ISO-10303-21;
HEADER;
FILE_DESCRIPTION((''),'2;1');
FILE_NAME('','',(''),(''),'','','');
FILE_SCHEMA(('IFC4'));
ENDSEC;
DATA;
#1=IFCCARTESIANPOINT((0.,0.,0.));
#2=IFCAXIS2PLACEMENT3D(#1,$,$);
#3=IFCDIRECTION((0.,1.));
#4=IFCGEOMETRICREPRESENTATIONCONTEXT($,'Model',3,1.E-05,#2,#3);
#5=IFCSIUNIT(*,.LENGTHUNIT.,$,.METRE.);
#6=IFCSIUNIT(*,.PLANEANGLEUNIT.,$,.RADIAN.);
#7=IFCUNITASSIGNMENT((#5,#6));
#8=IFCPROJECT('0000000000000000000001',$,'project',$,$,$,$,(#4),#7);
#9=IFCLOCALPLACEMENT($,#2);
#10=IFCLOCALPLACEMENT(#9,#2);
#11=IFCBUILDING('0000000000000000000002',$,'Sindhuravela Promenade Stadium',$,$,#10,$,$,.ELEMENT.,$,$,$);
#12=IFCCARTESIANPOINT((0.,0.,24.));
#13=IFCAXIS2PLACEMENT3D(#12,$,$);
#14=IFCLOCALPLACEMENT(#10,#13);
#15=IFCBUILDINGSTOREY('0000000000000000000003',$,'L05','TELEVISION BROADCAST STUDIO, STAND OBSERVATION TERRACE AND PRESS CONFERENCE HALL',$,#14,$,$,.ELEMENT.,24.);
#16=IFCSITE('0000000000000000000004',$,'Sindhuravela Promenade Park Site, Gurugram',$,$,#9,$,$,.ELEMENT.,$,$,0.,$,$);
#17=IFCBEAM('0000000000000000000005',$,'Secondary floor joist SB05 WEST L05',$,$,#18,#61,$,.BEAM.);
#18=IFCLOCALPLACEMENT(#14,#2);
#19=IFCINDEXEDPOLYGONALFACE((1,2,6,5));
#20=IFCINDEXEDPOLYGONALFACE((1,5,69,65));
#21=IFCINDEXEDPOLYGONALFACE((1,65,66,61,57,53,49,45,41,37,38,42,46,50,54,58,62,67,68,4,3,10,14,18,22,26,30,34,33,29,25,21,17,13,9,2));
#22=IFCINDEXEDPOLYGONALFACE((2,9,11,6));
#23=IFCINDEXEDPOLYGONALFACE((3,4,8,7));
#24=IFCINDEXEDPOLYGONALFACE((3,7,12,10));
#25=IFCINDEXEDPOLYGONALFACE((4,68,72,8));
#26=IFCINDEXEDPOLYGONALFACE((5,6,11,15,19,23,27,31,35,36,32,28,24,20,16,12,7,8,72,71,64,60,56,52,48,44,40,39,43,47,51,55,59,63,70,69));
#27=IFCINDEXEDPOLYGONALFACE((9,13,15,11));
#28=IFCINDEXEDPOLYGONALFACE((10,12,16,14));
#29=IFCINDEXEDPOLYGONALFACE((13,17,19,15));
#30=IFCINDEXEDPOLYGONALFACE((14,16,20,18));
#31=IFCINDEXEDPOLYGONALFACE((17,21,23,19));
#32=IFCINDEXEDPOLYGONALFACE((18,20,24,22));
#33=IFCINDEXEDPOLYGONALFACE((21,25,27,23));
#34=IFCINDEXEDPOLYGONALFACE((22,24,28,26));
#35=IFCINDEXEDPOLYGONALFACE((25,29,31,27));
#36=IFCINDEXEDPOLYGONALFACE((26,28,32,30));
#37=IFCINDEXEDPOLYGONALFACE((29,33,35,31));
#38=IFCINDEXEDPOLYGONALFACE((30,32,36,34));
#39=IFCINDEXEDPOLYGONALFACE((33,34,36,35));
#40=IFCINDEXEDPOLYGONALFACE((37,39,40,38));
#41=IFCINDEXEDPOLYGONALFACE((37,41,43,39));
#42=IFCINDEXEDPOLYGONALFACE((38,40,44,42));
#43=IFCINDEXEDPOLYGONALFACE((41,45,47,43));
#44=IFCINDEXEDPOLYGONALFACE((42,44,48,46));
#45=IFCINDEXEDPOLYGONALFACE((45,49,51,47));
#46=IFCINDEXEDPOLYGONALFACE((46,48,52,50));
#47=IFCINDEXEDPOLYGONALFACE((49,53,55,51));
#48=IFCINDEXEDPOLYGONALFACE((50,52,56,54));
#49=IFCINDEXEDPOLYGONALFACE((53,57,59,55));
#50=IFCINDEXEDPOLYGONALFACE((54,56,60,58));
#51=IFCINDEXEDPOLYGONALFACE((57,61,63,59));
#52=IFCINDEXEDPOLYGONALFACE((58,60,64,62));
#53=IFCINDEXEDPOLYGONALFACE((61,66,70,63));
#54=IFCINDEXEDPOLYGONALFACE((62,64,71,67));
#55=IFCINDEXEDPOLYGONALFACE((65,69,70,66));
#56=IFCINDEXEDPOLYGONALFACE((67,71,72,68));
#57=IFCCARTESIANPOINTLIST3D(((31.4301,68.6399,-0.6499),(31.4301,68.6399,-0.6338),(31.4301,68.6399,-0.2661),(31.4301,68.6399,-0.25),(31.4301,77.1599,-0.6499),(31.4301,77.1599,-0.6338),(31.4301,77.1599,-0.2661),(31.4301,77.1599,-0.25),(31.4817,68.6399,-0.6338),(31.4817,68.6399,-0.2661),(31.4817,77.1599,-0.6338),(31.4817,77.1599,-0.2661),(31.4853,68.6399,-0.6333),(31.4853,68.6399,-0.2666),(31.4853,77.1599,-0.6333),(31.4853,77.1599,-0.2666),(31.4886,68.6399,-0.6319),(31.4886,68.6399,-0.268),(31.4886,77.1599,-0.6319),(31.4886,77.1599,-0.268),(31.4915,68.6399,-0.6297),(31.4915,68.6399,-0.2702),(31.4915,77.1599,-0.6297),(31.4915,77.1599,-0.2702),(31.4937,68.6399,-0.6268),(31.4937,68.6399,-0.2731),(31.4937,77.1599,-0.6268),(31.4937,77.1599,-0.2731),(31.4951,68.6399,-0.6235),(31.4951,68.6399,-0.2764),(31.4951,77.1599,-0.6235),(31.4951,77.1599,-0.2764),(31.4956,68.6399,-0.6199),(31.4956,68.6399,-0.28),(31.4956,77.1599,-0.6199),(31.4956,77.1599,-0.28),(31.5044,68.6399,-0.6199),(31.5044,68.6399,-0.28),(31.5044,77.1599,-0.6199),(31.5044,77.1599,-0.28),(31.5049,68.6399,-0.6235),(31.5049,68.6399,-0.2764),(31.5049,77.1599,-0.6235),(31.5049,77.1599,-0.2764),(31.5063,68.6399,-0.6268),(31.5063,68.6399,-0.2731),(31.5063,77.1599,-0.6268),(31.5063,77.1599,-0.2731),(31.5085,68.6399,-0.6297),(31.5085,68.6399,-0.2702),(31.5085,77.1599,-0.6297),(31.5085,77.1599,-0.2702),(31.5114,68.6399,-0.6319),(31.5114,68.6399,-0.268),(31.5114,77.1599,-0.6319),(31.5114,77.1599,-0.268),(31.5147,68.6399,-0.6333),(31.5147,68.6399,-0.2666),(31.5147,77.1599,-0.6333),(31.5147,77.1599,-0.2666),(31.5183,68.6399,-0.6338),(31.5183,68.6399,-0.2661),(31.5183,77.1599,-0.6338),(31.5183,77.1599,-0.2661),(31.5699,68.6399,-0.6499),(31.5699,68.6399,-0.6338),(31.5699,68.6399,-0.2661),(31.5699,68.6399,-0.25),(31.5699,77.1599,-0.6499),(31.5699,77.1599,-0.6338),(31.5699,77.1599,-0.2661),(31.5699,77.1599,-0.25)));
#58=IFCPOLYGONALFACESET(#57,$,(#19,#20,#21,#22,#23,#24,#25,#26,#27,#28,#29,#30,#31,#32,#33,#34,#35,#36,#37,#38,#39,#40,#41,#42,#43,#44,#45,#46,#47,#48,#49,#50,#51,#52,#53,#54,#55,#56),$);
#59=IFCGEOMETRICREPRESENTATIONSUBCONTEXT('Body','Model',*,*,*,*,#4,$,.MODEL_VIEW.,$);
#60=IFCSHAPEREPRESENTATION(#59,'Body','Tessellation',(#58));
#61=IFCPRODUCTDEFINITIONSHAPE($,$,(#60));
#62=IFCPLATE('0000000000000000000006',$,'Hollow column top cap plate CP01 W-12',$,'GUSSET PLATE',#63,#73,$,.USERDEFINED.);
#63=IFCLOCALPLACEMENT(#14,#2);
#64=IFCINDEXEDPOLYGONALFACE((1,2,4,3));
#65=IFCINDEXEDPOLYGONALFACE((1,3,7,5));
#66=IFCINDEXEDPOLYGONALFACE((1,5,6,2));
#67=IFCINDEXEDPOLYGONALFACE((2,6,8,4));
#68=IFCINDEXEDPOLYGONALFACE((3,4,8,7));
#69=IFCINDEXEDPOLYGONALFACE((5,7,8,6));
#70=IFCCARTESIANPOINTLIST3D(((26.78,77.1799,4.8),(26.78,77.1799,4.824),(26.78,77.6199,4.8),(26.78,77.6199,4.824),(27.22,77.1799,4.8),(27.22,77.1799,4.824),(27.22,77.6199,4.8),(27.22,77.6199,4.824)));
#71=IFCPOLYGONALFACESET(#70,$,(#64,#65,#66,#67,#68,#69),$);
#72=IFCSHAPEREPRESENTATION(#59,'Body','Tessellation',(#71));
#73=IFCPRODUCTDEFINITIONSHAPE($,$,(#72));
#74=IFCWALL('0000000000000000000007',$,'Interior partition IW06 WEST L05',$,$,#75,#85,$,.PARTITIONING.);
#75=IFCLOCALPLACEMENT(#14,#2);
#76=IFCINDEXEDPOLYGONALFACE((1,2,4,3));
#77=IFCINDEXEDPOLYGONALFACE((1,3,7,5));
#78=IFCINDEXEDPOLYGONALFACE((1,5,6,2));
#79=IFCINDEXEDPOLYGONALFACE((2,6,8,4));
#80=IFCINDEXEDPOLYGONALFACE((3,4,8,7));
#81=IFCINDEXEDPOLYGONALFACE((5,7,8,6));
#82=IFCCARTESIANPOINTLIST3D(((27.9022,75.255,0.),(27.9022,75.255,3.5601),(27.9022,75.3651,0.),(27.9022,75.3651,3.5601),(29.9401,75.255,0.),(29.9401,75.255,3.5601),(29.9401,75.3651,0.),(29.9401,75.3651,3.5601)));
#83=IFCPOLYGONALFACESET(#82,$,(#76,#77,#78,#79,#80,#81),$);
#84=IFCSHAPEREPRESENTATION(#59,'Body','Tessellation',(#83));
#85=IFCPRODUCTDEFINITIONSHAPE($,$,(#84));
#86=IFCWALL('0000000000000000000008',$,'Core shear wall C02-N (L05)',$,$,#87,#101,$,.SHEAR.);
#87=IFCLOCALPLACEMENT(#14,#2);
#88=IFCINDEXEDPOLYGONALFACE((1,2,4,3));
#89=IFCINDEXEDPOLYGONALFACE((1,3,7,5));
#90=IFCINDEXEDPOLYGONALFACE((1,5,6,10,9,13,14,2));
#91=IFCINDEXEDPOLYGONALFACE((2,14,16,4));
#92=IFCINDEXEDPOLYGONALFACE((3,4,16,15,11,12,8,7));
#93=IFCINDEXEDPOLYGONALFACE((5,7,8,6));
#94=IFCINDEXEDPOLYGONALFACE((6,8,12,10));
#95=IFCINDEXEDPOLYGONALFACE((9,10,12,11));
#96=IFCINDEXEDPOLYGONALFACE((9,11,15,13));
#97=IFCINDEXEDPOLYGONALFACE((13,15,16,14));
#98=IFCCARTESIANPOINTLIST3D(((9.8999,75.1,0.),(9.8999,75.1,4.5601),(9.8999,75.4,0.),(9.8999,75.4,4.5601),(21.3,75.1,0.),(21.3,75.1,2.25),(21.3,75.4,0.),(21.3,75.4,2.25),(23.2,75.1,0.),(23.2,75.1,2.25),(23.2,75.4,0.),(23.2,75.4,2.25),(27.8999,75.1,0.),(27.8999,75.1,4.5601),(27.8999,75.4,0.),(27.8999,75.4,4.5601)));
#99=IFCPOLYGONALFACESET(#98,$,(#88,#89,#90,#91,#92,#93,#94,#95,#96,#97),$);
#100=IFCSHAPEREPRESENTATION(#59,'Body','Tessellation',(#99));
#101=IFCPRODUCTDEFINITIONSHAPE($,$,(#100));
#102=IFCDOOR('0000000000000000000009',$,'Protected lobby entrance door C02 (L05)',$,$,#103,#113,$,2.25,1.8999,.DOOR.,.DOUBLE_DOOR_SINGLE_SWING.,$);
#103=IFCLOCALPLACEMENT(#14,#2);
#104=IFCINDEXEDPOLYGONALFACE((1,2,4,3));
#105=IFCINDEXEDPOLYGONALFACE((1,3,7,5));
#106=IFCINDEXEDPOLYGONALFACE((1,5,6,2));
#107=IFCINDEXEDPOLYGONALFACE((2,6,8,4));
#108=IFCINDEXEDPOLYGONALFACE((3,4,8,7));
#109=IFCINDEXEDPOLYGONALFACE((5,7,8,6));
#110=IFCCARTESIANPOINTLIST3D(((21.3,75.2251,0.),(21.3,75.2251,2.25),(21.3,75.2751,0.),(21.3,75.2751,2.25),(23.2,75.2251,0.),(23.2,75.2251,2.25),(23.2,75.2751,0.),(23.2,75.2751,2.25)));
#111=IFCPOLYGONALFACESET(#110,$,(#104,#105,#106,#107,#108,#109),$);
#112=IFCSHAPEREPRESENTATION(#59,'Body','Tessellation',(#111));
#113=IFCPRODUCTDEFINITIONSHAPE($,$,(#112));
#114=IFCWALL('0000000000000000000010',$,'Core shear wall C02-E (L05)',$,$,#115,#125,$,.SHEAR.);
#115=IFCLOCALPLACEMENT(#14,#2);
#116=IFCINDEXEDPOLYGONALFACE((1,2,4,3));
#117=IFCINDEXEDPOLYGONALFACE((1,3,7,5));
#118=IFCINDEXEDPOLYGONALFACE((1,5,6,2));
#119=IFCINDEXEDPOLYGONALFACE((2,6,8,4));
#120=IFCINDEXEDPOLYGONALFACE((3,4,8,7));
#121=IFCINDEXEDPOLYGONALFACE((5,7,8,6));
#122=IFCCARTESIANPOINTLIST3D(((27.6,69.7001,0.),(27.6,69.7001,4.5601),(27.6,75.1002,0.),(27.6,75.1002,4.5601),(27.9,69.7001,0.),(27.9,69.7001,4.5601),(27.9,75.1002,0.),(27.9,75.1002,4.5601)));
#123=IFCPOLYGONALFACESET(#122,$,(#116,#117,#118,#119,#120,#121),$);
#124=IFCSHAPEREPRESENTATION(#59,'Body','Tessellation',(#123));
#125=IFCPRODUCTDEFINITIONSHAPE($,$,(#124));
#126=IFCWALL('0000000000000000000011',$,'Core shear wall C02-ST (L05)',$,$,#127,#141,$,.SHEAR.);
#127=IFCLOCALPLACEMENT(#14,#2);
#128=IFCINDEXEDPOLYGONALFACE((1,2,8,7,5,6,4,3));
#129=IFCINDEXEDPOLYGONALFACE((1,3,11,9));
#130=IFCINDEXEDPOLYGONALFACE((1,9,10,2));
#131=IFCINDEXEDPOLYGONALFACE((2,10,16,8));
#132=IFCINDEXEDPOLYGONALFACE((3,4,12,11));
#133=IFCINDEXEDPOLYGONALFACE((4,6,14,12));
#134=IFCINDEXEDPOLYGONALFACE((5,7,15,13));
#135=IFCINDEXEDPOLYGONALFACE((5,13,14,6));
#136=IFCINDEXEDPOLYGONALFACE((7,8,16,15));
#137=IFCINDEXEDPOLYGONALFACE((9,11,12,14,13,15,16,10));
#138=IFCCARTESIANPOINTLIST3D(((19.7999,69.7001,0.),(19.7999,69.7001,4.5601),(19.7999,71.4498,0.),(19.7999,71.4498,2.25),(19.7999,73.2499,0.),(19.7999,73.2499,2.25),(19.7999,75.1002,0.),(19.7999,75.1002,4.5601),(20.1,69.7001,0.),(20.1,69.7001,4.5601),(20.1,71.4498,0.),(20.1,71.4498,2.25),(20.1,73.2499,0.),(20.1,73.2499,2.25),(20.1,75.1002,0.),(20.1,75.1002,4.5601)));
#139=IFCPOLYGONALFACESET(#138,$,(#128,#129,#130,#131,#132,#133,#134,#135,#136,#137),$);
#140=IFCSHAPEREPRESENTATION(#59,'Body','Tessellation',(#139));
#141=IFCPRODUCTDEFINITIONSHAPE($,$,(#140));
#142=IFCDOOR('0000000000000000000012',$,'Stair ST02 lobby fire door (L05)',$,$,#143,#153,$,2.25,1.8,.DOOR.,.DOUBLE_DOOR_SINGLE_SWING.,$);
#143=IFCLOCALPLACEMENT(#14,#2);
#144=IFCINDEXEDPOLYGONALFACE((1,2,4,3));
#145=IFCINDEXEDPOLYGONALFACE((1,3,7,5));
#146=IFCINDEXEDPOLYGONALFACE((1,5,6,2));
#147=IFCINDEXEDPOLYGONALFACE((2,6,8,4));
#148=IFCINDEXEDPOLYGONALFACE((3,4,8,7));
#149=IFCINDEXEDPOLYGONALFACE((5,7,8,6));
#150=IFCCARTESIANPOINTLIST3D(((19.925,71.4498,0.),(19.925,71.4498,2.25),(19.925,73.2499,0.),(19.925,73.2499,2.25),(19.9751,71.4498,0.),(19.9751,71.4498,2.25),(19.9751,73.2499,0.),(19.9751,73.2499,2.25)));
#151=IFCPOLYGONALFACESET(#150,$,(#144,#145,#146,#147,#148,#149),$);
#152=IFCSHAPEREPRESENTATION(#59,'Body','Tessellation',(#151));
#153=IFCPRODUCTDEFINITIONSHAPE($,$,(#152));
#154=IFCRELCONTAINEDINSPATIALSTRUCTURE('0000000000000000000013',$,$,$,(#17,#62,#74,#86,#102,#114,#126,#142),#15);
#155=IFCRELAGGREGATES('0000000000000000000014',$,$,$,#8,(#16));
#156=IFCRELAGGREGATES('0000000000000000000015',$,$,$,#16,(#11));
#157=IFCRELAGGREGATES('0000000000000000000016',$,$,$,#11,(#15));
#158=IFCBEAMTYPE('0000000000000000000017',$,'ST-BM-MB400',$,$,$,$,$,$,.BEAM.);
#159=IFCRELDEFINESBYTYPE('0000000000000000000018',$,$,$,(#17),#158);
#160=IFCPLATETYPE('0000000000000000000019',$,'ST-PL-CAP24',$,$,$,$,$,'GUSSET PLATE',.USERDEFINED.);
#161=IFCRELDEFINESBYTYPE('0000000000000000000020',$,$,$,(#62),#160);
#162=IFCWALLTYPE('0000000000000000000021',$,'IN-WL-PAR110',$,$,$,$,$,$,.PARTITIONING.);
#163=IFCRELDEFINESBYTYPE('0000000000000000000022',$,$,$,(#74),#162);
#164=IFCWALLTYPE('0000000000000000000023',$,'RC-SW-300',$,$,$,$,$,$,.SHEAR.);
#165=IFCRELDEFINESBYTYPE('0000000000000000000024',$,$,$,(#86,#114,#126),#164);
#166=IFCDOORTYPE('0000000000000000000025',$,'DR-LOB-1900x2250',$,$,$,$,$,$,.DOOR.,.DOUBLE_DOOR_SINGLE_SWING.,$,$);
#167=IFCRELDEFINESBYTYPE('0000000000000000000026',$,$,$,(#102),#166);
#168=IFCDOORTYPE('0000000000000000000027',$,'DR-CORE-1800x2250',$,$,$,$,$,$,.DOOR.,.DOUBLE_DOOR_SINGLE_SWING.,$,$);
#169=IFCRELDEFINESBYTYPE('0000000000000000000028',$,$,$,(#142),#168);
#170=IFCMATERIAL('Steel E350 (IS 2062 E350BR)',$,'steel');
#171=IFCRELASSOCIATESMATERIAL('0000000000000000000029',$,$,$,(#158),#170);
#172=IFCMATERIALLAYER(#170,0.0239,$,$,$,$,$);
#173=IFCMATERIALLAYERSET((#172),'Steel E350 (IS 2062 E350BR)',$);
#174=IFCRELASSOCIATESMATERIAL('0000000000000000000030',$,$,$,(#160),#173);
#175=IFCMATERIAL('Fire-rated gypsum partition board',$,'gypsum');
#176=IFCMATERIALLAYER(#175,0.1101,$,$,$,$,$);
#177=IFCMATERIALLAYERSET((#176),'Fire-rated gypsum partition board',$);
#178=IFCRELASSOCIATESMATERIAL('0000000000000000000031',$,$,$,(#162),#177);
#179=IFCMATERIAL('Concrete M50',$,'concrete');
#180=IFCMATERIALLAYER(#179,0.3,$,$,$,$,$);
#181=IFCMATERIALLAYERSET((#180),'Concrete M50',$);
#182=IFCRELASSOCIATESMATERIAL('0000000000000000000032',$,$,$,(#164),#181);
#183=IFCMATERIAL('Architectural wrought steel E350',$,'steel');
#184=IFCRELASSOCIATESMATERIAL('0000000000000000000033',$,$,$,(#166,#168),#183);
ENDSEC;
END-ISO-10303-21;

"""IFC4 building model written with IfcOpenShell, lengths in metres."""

from ifc_helpers import new_model, si_unit, direction, frame, frame_2d, origin, origin_2d, place, context, subcontext, project, spatial, rectangle, i_section, extrude, material, layer, layer_set, material_profile, profile_set, type_object, element, fill, save


model = new_model("IFC4")

# Units and contexts
model_context = context("Model", 3, precision=1e-05, world=origin(), true_north=direction((0.0, 1.0)))
body_context = subcontext(model_context, "Body", "Model", "MODEL_VIEW")
ifc_project = project(units=[si_unit("LENGTHUNIT", "METRE"), si_unit("PLANEANGLEUNIT", "RADIAN")], contexts=[model_context])

# Site, building, storey
site_placement = place(None, origin())
site = spatial("IfcSite", under=ifc_project, at=site_placement, Name="Sindhuravela Promenade Park Site, Gurugram", CompositionType="ELEMENT", RefElevation=0.0)
building_placement = place(site_placement, origin())
building = spatial("IfcBuilding", under=site, at=building_placement, Name="Sindhuravela Promenade Stadium", CompositionType="ELEMENT")
storey_placement = place(building_placement, frame((0.0, 0.0, 24.0)))
storey = spatial("IfcBuildingStorey", under=building, at=storey_placement, Name="L05", Description="TELEVISION BROADCAST STUDIO, STAND OBSERVATION TERRACE AND PRESS CONFERENCE HALL", CompositionType="ELEMENT", Elevation=24.0)

# Shared definitions
ifc_material_1 = material(Name="Steel E350 (IS 2062 E350BR)", Category="steel")

# Beam
ifc_material_profile_1 = material_profile(ifc_material_1, i_section(OverallWidth=0.1399, OverallDepth=0.3999, WebThickness=0.0088, FlangeThickness=0.0161, FilletRadius=0.0139, at=origin_2d()), Name="ISMB 400")
ifc_profile_set_1 = profile_set([ifc_material_profile_1], Name="Steel E350 (IS 2062 E350BR)")
beam_type_1 = type_object("IfcBeamType", Name="ST-BM-MB400", PredefinedType="BEAM", material=ifc_profile_set_1)
beam_placement = place(storey_placement, frame((31.5, 68.6399, -0.45), z_axis=(0.0, 1.0, 0.0), x_axis=(-1.0, 0.0, 0.0)))
element("IfcBeam", 1, at=beam_placement, inside=storey, type_object=beam_type_1, Name="Secondary floor joist SB05 WEST L05", PredefinedType="BEAM", context=body_context, shape_type="SweptSolid", body=[
    extrude(i_section(OverallWidth=0.1399, OverallDepth=0.3999, WebThickness=0.0088, FlangeThickness=0.0161, FilletRadius=0.0139, at=origin_2d()), origin(), (0.0, 0.0, 1.0), 8.52),
])

# Plate
ifc_layer_1 = layer(ifc_material_1, 0.0239)
ifc_layer_set_1 = layer_set([ifc_layer_1], Name="Steel E350 (IS 2062 E350BR)")
plate_type = type_object("IfcPlateType", Name="ST-PL-CAP24", ElementType="GUSSET PLATE", PredefinedType="USERDEFINED", material=ifc_layer_set_1)
plate_placement = place(storey_placement, frame((27.0, 77.3999, 4.8), z_axis=(0.0, 0.0, 1.0), x_axis=(1.0, 0.0, 0.0)))
element("IfcPlate", 2, at=plate_placement, inside=storey, type_object=plate_type, Name="Hollow column top cap plate CP01 W-12", ObjectType="GUSSET PLATE", PredefinedType="USERDEFINED", context=body_context, shape_type="SweptSolid", body=[
    extrude(rectangle(XDim=0.4399, YDim=0.4399, at=origin_2d()), origin(), (0.0, 0.0, 1.0), 0.0239),
])

# Wall
ifc_material_2 = material(Name="Fire-rated gypsum partition board", Category="gypsum")
ifc_layer_2 = layer(ifc_material_2, 0.1101)
ifc_layer_set_2 = layer_set([ifc_layer_2], Name="Fire-rated gypsum partition board")
wall_type_1 = type_object("IfcWallType", Name="IN-WL-PAR110", PredefinedType="PARTITIONING", material=ifc_layer_set_2)
wall_1_placement = place(storey_placement, frame((27.9021, 75.3101, 0.0), z_axis=(0.0, 0.0, 1.0), x_axis=(1.0, 0.0, 0.0)))
element("IfcWall", 3, at=wall_1_placement, inside=storey, type_object=wall_type_1, Name="Interior partition IW06 WEST L05", PredefinedType="PARTITIONING", context=body_context, shape_type="SweptSolid", body=[
    extrude(rectangle(XDim=2.0378, YDim=0.1101, at=frame_2d((1.019, 0.0))), origin(), (0.0, 0.0, 1.0), 3.5601),
])

# Wall, opening, door
ifc_material_3 = material(Name="Concrete M50", Category="concrete")
ifc_layer_3 = layer(ifc_material_3, 0.3)
ifc_layer_set_3 = layer_set([ifc_layer_3], Name="Concrete M50")
wall_type_2 = type_object("IfcWallType", Name="RC-SW-300", PredefinedType="SHEAR", material=ifc_layer_set_3)
wall_2_placement = place(storey_placement, frame((27.8999, 75.25, 0.0), z_axis=(0.0, 0.0, 1.0), x_axis=(-1.0, 0.0, 0.0)))
wall_2 = element("IfcWall", 4, at=wall_2_placement, inside=storey, type_object=wall_type_2, Name="Core shear wall C02-N (L05)", PredefinedType="SHEAR", context=body_context, shape_type="SweptSolid", body=[
    extrude(rectangle(XDim=18.0, YDim=0.3, at=frame_2d((9.0, 0.0))), origin(), (0.0, 0.0, 1.0), 4.5601),
])
opening_1_placement = place(wall_2_placement, frame((4.7, 0.0, 0.0)))
opening_1 = element("IfcOpeningElement", 5, at=opening_1_placement, cuts=wall_2, PredefinedType="OPENING", context=body_context, shape_type="SweptSolid", body=[
    extrude(rectangle(XDim=1.8999, YDim=2.25, at=frame_2d((0.95, 1.125))), frame((0.0, 0.1599, 0.0), z_axis=(0.0, -1.0, 0.0), x_axis=(1.0, 0.0, 0.0)), (0.0, 0.0, 1.0), 0.3201),
])
ifc_material_4 = material(Name="Architectural wrought steel E350", Category="steel")
door_type_1 = type_object("IfcDoorType", Name="DR-LOB-1900x2250", OperationType="DOUBLE_DOOR_SINGLE_SWING", PredefinedType="DOOR", material=ifc_material_4)
door_1_placement = place(opening_1_placement, origin())
door_1 = element("IfcDoor", 6, at=door_1_placement, inside=storey, type_object=door_type_1, Name="Protected lobby entrance door C02 (L05)", OperationType="DOUBLE_DOOR_SINGLE_SWING", OverallHeight=2.25, OverallWidth=1.8999, PredefinedType="DOOR", context=body_context, shape_type="SweptSolid", body=[
    extrude(rectangle(XDim=1.8999, YDim=2.25, at=frame_2d((0.95, 1.125))), frame((0.0, 0.0249, 0.0), z_axis=(0.0, -1.0, 0.0), x_axis=(1.0, 0.0, 0.0)), (0.0, 0.0, 1.0), 0.05),
])
fill(opening_1, door_1)

# Wall
wall_3_placement = place(storey_placement, frame((27.75, 69.7, 0.0), z_axis=(0.0, 0.0, 1.0), x_axis=(0.0, 1.0, 0.0)))
element("IfcWall", 7, at=wall_3_placement, inside=storey, type_object=wall_type_2, Name="Core shear wall C02-E (L05)", PredefinedType="SHEAR", context=body_context, shape_type="SweptSolid", body=[
    extrude(rectangle(XDim=5.4001, YDim=0.3, at=frame_2d((2.7002, 0.0))), origin(), (0.0, 0.0, 1.0), 4.5601),
])

# Wall, opening, door
wall_4_placement = place(storey_placement, frame((19.95, 69.7, 0.0), z_axis=(0.0, 0.0, 1.0), x_axis=(0.0, 1.0, 0.0)))
wall_4 = element("IfcWall", 8, at=wall_4_placement, inside=storey, type_object=wall_type_2, Name="Core shear wall C02-ST (L05)", PredefinedType="SHEAR", context=body_context, shape_type="SweptSolid", body=[
    extrude(rectangle(XDim=5.4001, YDim=0.3, at=frame_2d((2.7002, 0.0))), origin(), (0.0, 0.0, 1.0), 4.5601),
])
opening_2_placement = place(wall_4_placement, frame((1.75, 0.0, 0.0)))
opening_2 = element("IfcOpeningElement", 9, at=opening_2_placement, cuts=wall_4, PredefinedType="OPENING", context=body_context, shape_type="SweptSolid", body=[
    extrude(rectangle(XDim=1.8, YDim=2.25, at=frame_2d((0.8999, 1.125))), frame((0.0, 0.1599, 0.0), z_axis=(0.0, -1.0, 0.0), x_axis=(1.0, 0.0, 0.0)), (0.0, 0.0, 1.0), 0.3201),
])
door_type_2 = type_object("IfcDoorType", Name="DR-CORE-1800x2250", OperationType="DOUBLE_DOOR_SINGLE_SWING", PredefinedType="DOOR", material=ifc_material_4)
door_2_placement = place(opening_2_placement, origin())
door_2 = element("IfcDoor", 10, at=door_2_placement, inside=storey, type_object=door_type_2, Name="Stair ST02 lobby fire door (L05)", OperationType="DOUBLE_DOOR_SINGLE_SWING", OverallHeight=2.25, OverallWidth=1.8, PredefinedType="DOOR", context=body_context, shape_type="SweptSolid", body=[
    extrude(rectangle(XDim=1.8, YDim=2.25, at=frame_2d((0.8999, 1.125))), frame((0.0, 0.0249, 0.0), z_axis=(0.0, -1.0, 0.0), x_axis=(1.0, 0.0, 0.0)), (0.0, 0.0, 1.0), 0.05),
])
fill(opening_2, door_2)

save(model, "model.ifc")
